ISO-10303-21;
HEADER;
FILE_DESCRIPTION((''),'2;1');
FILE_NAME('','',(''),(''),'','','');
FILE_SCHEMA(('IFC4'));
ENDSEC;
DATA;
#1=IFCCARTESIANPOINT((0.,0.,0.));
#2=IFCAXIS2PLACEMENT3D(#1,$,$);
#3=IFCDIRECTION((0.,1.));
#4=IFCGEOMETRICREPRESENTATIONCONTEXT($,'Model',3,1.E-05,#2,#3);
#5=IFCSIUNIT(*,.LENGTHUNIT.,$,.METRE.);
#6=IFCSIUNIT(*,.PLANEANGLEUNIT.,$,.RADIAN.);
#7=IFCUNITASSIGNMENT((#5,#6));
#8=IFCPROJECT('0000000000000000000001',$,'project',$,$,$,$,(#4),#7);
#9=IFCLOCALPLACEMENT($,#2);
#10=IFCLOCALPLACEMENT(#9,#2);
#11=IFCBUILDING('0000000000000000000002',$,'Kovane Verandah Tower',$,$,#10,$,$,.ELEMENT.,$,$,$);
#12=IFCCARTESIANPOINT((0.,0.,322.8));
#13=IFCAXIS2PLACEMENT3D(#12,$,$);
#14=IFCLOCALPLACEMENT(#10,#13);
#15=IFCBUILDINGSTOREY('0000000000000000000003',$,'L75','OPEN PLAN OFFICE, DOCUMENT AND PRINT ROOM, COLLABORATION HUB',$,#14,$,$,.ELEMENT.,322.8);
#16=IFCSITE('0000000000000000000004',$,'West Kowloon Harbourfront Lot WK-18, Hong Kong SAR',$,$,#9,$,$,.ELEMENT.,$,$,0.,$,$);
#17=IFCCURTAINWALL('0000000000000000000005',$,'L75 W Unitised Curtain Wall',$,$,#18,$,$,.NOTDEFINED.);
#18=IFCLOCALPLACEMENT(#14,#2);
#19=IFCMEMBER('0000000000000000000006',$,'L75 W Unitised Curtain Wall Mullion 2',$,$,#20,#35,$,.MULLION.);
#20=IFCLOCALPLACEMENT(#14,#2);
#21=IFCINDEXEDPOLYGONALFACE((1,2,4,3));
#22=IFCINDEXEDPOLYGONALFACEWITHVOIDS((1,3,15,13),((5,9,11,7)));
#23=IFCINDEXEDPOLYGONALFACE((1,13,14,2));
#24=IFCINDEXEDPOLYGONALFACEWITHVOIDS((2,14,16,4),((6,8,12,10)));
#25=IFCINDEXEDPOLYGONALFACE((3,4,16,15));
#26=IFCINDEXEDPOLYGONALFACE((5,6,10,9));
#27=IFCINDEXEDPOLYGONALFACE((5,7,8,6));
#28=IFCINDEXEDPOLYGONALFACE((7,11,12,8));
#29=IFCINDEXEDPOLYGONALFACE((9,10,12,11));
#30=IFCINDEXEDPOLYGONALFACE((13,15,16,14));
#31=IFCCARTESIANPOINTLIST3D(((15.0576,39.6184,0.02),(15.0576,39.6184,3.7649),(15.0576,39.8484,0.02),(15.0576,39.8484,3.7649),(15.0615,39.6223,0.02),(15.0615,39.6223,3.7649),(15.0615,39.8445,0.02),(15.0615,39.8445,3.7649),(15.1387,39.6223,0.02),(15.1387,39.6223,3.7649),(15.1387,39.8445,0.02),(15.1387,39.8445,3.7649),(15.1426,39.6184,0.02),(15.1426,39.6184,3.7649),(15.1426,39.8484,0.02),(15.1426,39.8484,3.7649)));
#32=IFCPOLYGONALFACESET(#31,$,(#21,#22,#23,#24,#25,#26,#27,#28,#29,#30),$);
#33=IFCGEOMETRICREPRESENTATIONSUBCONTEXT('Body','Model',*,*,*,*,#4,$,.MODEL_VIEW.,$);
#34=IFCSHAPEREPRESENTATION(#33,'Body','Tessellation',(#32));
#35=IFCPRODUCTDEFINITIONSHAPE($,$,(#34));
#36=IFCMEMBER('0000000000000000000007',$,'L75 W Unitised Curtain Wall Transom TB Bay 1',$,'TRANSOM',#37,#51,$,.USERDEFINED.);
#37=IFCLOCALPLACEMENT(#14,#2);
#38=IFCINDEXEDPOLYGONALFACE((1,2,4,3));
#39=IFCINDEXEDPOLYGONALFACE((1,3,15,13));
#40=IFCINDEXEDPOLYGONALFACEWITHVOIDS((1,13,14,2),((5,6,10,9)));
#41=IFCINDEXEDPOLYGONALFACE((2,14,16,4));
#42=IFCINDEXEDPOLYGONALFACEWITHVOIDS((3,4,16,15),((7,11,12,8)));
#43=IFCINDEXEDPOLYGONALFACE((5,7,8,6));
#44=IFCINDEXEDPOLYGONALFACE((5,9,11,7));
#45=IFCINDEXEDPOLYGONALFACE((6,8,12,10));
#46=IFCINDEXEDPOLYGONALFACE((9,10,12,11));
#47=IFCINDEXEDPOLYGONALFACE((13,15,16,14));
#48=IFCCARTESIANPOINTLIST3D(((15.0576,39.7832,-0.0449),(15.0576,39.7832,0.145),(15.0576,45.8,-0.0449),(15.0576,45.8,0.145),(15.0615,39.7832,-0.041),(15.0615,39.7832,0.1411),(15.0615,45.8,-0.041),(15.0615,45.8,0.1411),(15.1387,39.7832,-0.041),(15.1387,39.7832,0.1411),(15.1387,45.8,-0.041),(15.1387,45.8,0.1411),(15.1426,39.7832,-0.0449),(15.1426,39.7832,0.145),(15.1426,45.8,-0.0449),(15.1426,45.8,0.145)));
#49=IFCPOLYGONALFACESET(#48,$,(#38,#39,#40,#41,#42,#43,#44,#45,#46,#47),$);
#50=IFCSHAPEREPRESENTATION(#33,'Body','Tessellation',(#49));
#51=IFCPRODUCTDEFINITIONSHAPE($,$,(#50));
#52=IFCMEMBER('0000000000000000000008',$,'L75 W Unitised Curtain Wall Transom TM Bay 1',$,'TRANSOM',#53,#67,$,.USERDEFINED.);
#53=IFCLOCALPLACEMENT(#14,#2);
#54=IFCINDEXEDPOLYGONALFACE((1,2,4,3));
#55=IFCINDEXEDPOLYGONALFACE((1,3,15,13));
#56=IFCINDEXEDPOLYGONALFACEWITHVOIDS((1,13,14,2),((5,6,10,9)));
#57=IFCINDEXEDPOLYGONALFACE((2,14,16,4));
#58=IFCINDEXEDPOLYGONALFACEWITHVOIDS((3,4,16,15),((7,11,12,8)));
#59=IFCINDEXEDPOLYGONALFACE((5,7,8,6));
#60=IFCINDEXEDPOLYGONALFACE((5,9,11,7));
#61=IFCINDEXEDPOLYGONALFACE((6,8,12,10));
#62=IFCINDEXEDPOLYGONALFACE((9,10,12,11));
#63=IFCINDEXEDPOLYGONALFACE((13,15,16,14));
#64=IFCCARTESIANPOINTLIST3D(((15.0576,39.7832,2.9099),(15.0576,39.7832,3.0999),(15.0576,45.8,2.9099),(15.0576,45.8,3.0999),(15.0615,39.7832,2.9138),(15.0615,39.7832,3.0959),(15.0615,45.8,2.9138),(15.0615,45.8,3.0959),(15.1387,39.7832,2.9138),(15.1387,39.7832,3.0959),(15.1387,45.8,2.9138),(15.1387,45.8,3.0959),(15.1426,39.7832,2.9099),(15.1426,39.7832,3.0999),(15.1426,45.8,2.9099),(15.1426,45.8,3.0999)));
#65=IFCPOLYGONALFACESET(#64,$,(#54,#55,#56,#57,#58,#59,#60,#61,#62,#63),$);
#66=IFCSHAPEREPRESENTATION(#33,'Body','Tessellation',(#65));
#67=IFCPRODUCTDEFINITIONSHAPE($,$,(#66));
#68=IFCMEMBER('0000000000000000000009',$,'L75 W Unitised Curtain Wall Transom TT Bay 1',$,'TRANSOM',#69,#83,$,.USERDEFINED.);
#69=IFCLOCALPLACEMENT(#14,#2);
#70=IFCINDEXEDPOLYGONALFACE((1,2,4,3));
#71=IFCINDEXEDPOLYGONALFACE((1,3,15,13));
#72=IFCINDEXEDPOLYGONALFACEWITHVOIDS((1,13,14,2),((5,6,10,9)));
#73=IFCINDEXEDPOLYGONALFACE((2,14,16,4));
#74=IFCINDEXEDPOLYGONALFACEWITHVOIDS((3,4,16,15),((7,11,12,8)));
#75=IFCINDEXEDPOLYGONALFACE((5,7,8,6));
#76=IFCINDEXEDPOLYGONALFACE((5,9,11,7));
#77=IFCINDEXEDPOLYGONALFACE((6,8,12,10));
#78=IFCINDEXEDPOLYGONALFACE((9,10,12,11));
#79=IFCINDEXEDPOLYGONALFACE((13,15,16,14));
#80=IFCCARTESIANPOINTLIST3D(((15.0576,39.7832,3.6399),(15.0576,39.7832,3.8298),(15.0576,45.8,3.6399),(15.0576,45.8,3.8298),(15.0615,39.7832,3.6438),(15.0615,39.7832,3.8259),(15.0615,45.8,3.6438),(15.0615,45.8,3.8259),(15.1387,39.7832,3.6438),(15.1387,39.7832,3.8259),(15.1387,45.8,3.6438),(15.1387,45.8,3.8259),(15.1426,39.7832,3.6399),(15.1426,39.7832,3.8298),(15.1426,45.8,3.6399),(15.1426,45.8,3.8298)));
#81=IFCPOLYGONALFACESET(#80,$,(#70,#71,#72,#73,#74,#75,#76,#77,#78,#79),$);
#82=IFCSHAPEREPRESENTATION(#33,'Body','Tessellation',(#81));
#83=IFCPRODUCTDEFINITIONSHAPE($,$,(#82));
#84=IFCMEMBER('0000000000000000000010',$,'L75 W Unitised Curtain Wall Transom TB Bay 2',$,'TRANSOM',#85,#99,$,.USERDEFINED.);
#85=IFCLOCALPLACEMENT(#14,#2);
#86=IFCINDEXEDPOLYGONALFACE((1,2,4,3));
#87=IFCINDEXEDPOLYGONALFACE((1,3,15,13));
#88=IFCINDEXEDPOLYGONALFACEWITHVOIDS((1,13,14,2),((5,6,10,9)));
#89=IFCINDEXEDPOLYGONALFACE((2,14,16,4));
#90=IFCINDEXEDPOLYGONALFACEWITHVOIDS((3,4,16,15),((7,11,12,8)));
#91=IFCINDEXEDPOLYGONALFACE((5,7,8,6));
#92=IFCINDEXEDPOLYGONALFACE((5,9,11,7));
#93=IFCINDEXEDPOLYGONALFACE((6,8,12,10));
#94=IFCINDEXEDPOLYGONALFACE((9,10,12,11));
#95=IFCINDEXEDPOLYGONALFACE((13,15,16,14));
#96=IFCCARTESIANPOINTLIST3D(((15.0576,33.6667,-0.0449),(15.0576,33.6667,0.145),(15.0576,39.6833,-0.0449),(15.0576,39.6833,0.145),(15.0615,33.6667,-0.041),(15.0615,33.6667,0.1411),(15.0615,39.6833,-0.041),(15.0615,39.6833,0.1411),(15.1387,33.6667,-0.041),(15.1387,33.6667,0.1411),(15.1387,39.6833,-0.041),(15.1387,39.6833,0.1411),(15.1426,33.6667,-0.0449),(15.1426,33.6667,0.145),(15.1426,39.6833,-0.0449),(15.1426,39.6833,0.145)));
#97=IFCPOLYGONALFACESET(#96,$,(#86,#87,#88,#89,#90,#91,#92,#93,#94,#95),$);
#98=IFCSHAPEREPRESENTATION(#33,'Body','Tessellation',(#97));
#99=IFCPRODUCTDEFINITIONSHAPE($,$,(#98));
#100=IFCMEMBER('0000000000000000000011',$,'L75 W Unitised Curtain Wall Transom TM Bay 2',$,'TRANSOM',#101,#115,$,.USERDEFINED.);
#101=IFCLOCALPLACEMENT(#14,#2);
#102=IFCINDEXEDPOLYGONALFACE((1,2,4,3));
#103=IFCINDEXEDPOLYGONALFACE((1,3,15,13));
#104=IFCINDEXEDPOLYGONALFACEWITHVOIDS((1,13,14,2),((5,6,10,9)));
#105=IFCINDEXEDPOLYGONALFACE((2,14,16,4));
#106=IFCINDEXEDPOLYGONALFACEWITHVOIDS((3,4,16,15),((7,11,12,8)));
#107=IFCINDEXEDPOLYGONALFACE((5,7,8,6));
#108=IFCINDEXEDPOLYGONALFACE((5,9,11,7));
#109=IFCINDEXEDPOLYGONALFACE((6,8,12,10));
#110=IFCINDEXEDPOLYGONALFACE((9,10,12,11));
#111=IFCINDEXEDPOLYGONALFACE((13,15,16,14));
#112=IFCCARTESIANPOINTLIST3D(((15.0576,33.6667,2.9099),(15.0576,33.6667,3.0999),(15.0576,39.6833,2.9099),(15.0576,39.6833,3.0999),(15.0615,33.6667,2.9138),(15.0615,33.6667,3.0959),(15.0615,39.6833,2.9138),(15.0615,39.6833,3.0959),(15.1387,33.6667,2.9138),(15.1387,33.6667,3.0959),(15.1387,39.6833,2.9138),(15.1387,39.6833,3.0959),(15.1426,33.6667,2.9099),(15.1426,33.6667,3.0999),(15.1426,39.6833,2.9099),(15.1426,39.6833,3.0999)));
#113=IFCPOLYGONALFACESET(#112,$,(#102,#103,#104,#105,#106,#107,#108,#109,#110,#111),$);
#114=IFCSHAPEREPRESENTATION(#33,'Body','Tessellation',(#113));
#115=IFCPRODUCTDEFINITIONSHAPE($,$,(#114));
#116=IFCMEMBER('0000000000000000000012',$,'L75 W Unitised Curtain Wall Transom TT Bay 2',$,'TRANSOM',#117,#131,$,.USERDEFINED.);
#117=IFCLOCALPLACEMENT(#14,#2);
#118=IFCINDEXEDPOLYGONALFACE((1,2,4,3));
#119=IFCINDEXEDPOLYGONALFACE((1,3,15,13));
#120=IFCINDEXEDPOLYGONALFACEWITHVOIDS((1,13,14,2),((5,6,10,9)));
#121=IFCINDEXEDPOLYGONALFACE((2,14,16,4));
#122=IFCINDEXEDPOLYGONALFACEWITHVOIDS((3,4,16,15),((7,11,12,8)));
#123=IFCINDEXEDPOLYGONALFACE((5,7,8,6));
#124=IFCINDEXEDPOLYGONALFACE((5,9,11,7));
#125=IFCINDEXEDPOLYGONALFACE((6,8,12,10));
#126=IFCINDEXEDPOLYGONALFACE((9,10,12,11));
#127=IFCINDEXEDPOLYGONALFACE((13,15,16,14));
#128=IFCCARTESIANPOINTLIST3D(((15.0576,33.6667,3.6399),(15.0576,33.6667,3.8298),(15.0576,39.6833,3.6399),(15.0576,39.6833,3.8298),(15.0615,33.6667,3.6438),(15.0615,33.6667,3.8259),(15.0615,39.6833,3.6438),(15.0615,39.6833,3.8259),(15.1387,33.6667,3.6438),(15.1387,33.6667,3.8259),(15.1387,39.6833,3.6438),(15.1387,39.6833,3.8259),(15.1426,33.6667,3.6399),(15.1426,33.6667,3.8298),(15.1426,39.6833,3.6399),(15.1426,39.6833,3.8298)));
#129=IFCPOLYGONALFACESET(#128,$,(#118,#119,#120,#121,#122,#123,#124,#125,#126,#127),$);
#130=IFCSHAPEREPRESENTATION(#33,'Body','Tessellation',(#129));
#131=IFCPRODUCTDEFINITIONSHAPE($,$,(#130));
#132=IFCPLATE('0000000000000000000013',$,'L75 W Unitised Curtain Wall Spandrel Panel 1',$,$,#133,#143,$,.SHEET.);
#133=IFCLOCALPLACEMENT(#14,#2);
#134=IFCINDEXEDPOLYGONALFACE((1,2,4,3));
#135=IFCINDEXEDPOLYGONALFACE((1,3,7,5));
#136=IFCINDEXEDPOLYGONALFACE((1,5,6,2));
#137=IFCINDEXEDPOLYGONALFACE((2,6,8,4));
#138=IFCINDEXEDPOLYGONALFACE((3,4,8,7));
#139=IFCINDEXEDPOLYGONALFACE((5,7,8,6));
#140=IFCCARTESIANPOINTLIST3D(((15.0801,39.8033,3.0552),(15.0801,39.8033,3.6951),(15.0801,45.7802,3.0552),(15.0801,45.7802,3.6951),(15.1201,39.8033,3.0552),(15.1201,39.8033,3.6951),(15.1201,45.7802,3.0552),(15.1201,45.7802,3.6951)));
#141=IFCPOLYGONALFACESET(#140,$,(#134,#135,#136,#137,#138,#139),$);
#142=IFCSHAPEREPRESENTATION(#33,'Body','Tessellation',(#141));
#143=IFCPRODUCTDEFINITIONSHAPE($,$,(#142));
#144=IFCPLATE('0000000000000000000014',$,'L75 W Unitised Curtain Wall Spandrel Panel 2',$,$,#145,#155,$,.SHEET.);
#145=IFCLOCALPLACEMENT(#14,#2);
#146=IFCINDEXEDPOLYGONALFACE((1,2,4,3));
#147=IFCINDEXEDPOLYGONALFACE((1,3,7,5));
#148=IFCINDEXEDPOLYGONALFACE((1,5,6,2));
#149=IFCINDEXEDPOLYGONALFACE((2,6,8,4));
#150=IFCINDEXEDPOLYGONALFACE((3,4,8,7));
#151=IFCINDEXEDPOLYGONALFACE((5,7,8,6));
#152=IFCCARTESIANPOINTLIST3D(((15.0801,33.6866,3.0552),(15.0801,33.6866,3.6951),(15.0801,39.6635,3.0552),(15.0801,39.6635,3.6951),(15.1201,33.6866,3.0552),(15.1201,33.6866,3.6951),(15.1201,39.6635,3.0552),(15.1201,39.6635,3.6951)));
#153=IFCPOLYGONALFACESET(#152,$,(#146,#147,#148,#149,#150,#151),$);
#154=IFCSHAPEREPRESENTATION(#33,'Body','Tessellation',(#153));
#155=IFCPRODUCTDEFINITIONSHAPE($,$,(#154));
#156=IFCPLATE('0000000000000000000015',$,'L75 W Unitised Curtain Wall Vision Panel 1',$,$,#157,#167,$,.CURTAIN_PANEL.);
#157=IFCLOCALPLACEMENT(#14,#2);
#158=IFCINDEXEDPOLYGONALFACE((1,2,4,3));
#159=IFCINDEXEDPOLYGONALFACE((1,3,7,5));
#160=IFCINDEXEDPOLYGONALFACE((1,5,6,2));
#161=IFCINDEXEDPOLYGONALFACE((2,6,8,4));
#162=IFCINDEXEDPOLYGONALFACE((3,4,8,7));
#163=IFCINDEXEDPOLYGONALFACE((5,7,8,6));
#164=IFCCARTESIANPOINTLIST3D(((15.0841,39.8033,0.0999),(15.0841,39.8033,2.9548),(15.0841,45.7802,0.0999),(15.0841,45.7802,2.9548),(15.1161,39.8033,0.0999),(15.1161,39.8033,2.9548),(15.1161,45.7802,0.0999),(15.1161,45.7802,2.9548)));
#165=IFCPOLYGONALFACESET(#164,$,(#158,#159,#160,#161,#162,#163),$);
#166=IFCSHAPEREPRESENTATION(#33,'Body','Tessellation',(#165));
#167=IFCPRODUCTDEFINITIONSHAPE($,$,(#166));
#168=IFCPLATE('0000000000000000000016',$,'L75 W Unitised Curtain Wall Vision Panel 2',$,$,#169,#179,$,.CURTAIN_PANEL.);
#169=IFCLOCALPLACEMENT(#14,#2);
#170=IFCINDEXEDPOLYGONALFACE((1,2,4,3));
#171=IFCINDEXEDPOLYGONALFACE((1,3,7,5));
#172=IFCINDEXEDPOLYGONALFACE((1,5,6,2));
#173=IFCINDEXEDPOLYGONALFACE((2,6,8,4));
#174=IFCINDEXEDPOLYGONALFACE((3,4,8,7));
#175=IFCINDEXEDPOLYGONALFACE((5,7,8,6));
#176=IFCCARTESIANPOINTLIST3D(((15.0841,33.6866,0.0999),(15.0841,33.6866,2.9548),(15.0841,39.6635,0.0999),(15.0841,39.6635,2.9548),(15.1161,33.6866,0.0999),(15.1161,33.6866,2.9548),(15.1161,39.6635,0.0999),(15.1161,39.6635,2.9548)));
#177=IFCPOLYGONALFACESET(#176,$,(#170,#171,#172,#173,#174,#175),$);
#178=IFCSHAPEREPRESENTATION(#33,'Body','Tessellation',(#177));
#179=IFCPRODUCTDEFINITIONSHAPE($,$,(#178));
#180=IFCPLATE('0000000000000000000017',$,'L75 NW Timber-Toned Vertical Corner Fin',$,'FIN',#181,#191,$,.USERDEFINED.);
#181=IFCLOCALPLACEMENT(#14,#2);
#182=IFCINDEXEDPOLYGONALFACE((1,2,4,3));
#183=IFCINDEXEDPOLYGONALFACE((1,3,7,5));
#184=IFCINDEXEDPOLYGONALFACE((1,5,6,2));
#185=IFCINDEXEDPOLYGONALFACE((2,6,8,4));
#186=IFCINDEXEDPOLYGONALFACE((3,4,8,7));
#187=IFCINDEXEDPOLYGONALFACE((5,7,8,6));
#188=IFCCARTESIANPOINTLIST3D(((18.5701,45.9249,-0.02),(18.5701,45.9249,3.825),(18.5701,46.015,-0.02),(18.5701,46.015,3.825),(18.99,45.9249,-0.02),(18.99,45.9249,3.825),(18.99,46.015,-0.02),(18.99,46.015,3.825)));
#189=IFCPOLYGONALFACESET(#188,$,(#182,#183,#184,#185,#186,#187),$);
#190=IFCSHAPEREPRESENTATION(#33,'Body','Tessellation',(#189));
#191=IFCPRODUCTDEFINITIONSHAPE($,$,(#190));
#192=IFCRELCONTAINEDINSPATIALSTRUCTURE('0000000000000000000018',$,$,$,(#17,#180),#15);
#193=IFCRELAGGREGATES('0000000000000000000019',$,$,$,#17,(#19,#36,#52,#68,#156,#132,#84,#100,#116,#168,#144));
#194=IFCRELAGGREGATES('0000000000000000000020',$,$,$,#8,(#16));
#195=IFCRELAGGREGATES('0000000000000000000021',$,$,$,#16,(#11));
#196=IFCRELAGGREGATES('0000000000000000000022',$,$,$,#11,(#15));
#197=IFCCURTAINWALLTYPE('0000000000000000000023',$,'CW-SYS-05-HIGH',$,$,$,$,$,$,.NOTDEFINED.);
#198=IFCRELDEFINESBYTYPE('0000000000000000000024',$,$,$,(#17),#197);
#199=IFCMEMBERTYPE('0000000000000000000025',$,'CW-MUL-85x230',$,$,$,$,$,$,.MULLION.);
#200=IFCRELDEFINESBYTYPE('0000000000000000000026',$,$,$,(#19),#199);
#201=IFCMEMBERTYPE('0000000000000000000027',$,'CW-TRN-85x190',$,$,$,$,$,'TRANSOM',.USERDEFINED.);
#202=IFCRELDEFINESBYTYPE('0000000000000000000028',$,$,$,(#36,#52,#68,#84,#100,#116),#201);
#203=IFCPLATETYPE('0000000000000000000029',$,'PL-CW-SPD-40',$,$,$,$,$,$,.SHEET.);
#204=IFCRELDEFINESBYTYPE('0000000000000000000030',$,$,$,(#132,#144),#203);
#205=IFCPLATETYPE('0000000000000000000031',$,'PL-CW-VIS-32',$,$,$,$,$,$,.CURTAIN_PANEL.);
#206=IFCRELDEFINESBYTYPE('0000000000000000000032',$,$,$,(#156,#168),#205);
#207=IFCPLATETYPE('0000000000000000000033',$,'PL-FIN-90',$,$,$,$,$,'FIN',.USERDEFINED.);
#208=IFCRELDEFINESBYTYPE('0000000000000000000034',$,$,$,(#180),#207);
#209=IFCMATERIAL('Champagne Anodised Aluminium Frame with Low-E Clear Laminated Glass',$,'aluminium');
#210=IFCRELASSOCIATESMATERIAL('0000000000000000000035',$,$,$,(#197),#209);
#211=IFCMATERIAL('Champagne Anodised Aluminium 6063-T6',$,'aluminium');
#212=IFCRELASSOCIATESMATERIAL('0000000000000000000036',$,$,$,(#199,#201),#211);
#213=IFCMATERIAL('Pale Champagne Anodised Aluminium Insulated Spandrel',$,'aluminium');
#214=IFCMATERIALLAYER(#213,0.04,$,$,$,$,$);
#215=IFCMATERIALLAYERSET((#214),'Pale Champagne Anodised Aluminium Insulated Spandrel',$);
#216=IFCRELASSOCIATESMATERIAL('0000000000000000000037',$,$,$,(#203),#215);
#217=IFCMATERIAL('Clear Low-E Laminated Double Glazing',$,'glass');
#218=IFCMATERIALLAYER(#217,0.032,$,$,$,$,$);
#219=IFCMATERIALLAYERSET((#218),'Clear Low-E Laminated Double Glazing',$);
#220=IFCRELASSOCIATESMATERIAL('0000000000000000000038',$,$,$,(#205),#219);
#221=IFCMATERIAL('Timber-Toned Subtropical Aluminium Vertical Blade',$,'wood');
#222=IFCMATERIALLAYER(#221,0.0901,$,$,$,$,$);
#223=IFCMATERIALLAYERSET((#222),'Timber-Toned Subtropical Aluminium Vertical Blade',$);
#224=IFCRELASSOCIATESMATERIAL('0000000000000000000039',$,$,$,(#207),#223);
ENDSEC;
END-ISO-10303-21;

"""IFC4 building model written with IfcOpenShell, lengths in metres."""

from ifc_helpers import new_model, si_unit, direction, frame, origin, origin_2d, place, context, subcontext, project, spatial, rectangle, hollow_rectangle, extrude, material, layer, layer_set, material_profile, profile_set, type_object, element, aggregate, save


model = new_model("IFC4")

# Units and contexts
model_context = context("Model", 3, precision=1e-05, world=origin(), true_north=direction((0.0, 1.0)))
body_context = subcontext(model_context, "Body", "Model", "MODEL_VIEW")
ifc_project = project(units=[si_unit("LENGTHUNIT", "METRE"), si_unit("PLANEANGLEUNIT", "RADIAN")], contexts=[model_context])

# Site, building, storey
site_placement = place(None, origin())
site = spatial("IfcSite", under=ifc_project, at=site_placement, Name="West Kowloon Harbourfront Lot WK-18, Hong Kong SAR", CompositionType="ELEMENT", RefElevation=0.0)
building_placement = place(site_placement, origin())
building = spatial("IfcBuilding", under=site, at=building_placement, Name="Kovane Verandah Tower", CompositionType="ELEMENT")
storey_placement = place(building_placement, frame((0.0, 0.0, 322.8)))
storey = spatial("IfcBuildingStorey", under=building, at=storey_placement, Name="L75", Description="OPEN PLAN OFFICE, DOCUMENT AND PRINT ROOM, COLLABORATION HUB", CompositionType="ELEMENT", Elevation=322.8)

# Curtain wall, members, plates
ifc_material_1 = material(Name="Champagne Anodised Aluminium Frame with Low-E Clear Laminated Glass", Category="aluminium")
curtain_wall_type = type_object("IfcCurtainWallType", Name="CW-SYS-05-HIGH", PredefinedType="NOTDEFINED", material=ifc_material_1)
curtain_wall_placement = place(storey_placement, origin())
curtain_wall = element("IfcCurtainWall", 1, at=curtain_wall_placement, inside=storey, type_object=curtain_wall_type, Name="L75 W Unitised Curtain Wall", PredefinedType="NOTDEFINED")
ifc_material_2 = material(Name="Champagne Anodised Aluminium 6063-T6", Category="aluminium")
ifc_material_profile_1 = material_profile(ifc_material_2, hollow_rectangle(XDim=0.085, YDim=0.23, WallThickness=0.0039, at=origin_2d()), Name="AL85x230x4")
ifc_profile_set_1 = profile_set([ifc_material_profile_1], Name="Champagne Anodised Aluminium 6063-T6")
member_type_1 = type_object("IfcMemberType", Name="CW-MUL-85x230", PredefinedType="MULLION", material=ifc_profile_set_1)
member_1_placement = place(storey_placement, frame((15.1001, 39.7334, 0.02), z_axis=(0.0, 0.0, 1.0), x_axis=(-1.0, 0.0, 0.0)))
member_1 = element("IfcMember", 2, at=member_1_placement, type_object=member_type_1, Name="L75 W Unitised Curtain Wall Mullion 2", PredefinedType="MULLION", context=body_context, shape_type="SweptSolid", body=[
    extrude(hollow_rectangle(XDim=0.085, YDim=0.23, WallThickness=0.0039, at=origin_2d()), origin(), (0.0, 0.0, 1.0), 3.7449),
])
ifc_material_profile_2 = material_profile(ifc_material_2, hollow_rectangle(XDim=0.085, YDim=0.1899, WallThickness=0.0039, at=origin_2d()), Name="AL85x190x4")
ifc_profile_set_2 = profile_set([ifc_material_profile_2], Name="Champagne Anodised Aluminium 6063-T6")
member_type_2 = type_object("IfcMemberType", Name="CW-TRN-85x190", ElementType="TRANSOM", PredefinedType="USERDEFINED", material=ifc_profile_set_2)
member_2_placement = place(storey_placement, frame((15.1001, 45.8, 0.05), z_axis=(0.0, -1.0, 0.0), x_axis=(1.0, 0.0, 0.0)))
member_2 = element("IfcMember", 3, at=member_2_placement, type_object=member_type_2, Name="L75 W Unitised Curtain Wall Transom TB Bay 1", ObjectType="TRANSOM", PredefinedType="USERDEFINED", context=body_context, shape_type="SweptSolid", body=[
    extrude(hollow_rectangle(XDim=0.085, YDim=0.1899, WallThickness=0.0039, at=origin_2d()), origin(), (0.0, 0.0, 1.0), 6.0168),
])
member_3_placement = place(storey_placement, frame((15.1001, 45.8, 3.0049), z_axis=(0.0, -1.0, 0.0), x_axis=(1.0, 0.0, 0.0)))
member_3 = element("IfcMember", 4, at=member_3_placement, type_object=member_type_2, Name="L75 W Unitised Curtain Wall Transom TM Bay 1", ObjectType="TRANSOM", PredefinedType="USERDEFINED", context=body_context, shape_type="SweptSolid", body=[
    extrude(hollow_rectangle(XDim=0.085, YDim=0.1899, WallThickness=0.0039, at=origin_2d()), origin(), (0.0, 0.0, 1.0), 6.0168),
])
member_4_placement = place(storey_placement, frame((15.1001, 45.8, 3.7349), z_axis=(0.0, -1.0, 0.0), x_axis=(1.0, 0.0, 0.0)))
member_4 = element("IfcMember", 5, at=member_4_placement, type_object=member_type_2, Name="L75 W Unitised Curtain Wall Transom TT Bay 1", ObjectType="TRANSOM", PredefinedType="USERDEFINED", context=body_context, shape_type="SweptSolid", body=[
    extrude(hollow_rectangle(XDim=0.085, YDim=0.1899, WallThickness=0.0039, at=origin_2d()), origin(), (0.0, 0.0, 1.0), 6.0168),
])
member_5_placement = place(storey_placement, frame((15.1001, 39.6833, 0.05), z_axis=(0.0, -1.0, 0.0), x_axis=(1.0, 0.0, 0.0)))
member_5 = element("IfcMember", 6, at=member_5_placement, type_object=member_type_2, Name="L75 W Unitised Curtain Wall Transom TB Bay 2", ObjectType="TRANSOM", PredefinedType="USERDEFINED", context=body_context, shape_type="SweptSolid", body=[
    extrude(hollow_rectangle(XDim=0.085, YDim=0.1899, WallThickness=0.0039, at=origin_2d()), origin(), (0.0, 0.0, 1.0), 6.0166),
])
member_6_placement = place(storey_placement, frame((15.1001, 39.6833, 3.0049), z_axis=(0.0, -1.0, 0.0), x_axis=(1.0, 0.0, 0.0)))
member_6 = element("IfcMember", 7, at=member_6_placement, type_object=member_type_2, Name="L75 W Unitised Curtain Wall Transom TM Bay 2", ObjectType="TRANSOM", PredefinedType="USERDEFINED", context=body_context, shape_type="SweptSolid", body=[
    extrude(hollow_rectangle(XDim=0.085, YDim=0.1899, WallThickness=0.0039, at=origin_2d()), origin(), (0.0, 0.0, 1.0), 6.0166),
])
member_7_placement = place(storey_placement, frame((15.1001, 39.6833, 3.7349), z_axis=(0.0, -1.0, 0.0), x_axis=(1.0, 0.0, 0.0)))
member_7 = element("IfcMember", 8, at=member_7_placement, type_object=member_type_2, Name="L75 W Unitised Curtain Wall Transom TT Bay 2", ObjectType="TRANSOM", PredefinedType="USERDEFINED", context=body_context, shape_type="SweptSolid", body=[
    extrude(hollow_rectangle(XDim=0.085, YDim=0.1899, WallThickness=0.0039, at=origin_2d()), origin(), (0.0, 0.0, 1.0), 6.0166),
])
ifc_material_3 = material(Name="Pale Champagne Anodised Aluminium Insulated Spandrel", Category="aluminium")
ifc_layer_1 = layer(ifc_material_3, 0.04)
ifc_layer_set_1 = layer_set([ifc_layer_1], Name="Pale Champagne Anodised Aluminium Insulated Spandrel")
plate_type_1 = type_object("IfcPlateType", Name="PL-CW-SPD-40", PredefinedType="SHEET", material=ifc_layer_set_1)
plate_1_placement = place(storey_placement, frame((15.1001, 42.7917, 3.0552), z_axis=(0.0, 0.0, 1.0), x_axis=(0.0, -1.0, 0.0)))
plate_1 = element("IfcPlate", 9, at=plate_1_placement, type_object=plate_type_1, Name="L75 W Unitised Curtain Wall Spandrel Panel 1", PredefinedType="SHEET", context=body_context, shape_type="SweptSolid", body=[
    extrude(rectangle(XDim=5.9768, YDim=0.04, at=origin_2d()), origin(), (0.0, 0.0, 1.0), 0.6399),
])
plate_2_placement = place(storey_placement, frame((15.1001, 36.675, 3.0552), z_axis=(0.0, 0.0, 1.0), x_axis=(0.0, -1.0, 0.0)))
plate_2 = element("IfcPlate", 10, at=plate_2_placement, type_object=plate_type_1, Name="L75 W Unitised Curtain Wall Spandrel Panel 2", PredefinedType="SHEET", context=body_context, shape_type="SweptSolid", body=[
    extrude(rectangle(XDim=5.9768, YDim=0.04, at=origin_2d()), origin(), (0.0, 0.0, 1.0), 0.6399),
])
ifc_material_4 = material(Name="Clear Low-E Laminated Double Glazing", Category="glass")
ifc_layer_2 = layer(ifc_material_4, 0.032)
ifc_layer_set_2 = layer_set([ifc_layer_2], Name="Clear Low-E Laminated Double Glazing")
plate_type_2 = type_object("IfcPlateType", Name="PL-CW-VIS-32", PredefinedType="CURTAIN_PANEL", material=ifc_layer_set_2)
plate_3_placement = place(storey_placement, frame((15.1001, 42.7917, 0.0999), z_axis=(0.0, 0.0, 1.0), x_axis=(0.0, -1.0, 0.0)))
plate_3 = element("IfcPlate", 11, at=plate_3_placement, type_object=plate_type_2, Name="L75 W Unitised Curtain Wall Vision Panel 1", PredefinedType="CURTAIN_PANEL", context=body_context, shape_type="SweptSolid", body=[
    extrude(rectangle(XDim=5.9768, YDim=0.032, at=origin_2d()), origin(), (0.0, 0.0, 1.0), 2.855),
])
plate_4_placement = place(storey_placement, frame((15.1001, 36.675, 0.0999), z_axis=(0.0, 0.0, 1.0), x_axis=(0.0, -1.0, 0.0)))
plate_4 = element("IfcPlate", 12, at=plate_4_placement, type_object=plate_type_2, Name="L75 W Unitised Curtain Wall Vision Panel 2", PredefinedType="CURTAIN_PANEL", context=body_context, shape_type="SweptSolid", body=[
    extrude(rectangle(XDim=5.9768, YDim=0.032, at=origin_2d()), origin(), (0.0, 0.0, 1.0), 2.855),
])
aggregate(curtain_wall, [member_1, member_2, member_3, member_4, plate_3, plate_1, member_5, member_6, member_7, plate_4, plate_2])

# Plate
ifc_material_5 = material(Name="Timber-Toned Subtropical Aluminium Vertical Blade", Category="wood")
ifc_layer_3 = layer(ifc_material_5, 0.0901)
ifc_layer_set_3 = layer_set([ifc_layer_3], Name="Timber-Toned Subtropical Aluminium Vertical Blade")
plate_type_3 = type_object("IfcPlateType", Name="PL-FIN-90", ElementType="FIN", PredefinedType="USERDEFINED", material=ifc_layer_set_3)
plate_5_placement = place(storey_placement, frame((18.78, 45.97, -0.02), z_axis=(0.0, 0.0, 1.0), x_axis=(1.0, 0.0, 0.0)))
element("IfcPlate", 13, at=plate_5_placement, inside=storey, type_object=plate_type_3, Name="L75 NW Timber-Toned Vertical Corner Fin", ObjectType="FIN", PredefinedType="USERDEFINED", context=body_context, shape_type="SweptSolid", body=[
    extrude(rectangle(XDim=0.4199, YDim=0.0901, at=origin_2d()), origin(), (0.0, 0.0, 1.0), 3.845),
])

save(model, "model.ifc")
